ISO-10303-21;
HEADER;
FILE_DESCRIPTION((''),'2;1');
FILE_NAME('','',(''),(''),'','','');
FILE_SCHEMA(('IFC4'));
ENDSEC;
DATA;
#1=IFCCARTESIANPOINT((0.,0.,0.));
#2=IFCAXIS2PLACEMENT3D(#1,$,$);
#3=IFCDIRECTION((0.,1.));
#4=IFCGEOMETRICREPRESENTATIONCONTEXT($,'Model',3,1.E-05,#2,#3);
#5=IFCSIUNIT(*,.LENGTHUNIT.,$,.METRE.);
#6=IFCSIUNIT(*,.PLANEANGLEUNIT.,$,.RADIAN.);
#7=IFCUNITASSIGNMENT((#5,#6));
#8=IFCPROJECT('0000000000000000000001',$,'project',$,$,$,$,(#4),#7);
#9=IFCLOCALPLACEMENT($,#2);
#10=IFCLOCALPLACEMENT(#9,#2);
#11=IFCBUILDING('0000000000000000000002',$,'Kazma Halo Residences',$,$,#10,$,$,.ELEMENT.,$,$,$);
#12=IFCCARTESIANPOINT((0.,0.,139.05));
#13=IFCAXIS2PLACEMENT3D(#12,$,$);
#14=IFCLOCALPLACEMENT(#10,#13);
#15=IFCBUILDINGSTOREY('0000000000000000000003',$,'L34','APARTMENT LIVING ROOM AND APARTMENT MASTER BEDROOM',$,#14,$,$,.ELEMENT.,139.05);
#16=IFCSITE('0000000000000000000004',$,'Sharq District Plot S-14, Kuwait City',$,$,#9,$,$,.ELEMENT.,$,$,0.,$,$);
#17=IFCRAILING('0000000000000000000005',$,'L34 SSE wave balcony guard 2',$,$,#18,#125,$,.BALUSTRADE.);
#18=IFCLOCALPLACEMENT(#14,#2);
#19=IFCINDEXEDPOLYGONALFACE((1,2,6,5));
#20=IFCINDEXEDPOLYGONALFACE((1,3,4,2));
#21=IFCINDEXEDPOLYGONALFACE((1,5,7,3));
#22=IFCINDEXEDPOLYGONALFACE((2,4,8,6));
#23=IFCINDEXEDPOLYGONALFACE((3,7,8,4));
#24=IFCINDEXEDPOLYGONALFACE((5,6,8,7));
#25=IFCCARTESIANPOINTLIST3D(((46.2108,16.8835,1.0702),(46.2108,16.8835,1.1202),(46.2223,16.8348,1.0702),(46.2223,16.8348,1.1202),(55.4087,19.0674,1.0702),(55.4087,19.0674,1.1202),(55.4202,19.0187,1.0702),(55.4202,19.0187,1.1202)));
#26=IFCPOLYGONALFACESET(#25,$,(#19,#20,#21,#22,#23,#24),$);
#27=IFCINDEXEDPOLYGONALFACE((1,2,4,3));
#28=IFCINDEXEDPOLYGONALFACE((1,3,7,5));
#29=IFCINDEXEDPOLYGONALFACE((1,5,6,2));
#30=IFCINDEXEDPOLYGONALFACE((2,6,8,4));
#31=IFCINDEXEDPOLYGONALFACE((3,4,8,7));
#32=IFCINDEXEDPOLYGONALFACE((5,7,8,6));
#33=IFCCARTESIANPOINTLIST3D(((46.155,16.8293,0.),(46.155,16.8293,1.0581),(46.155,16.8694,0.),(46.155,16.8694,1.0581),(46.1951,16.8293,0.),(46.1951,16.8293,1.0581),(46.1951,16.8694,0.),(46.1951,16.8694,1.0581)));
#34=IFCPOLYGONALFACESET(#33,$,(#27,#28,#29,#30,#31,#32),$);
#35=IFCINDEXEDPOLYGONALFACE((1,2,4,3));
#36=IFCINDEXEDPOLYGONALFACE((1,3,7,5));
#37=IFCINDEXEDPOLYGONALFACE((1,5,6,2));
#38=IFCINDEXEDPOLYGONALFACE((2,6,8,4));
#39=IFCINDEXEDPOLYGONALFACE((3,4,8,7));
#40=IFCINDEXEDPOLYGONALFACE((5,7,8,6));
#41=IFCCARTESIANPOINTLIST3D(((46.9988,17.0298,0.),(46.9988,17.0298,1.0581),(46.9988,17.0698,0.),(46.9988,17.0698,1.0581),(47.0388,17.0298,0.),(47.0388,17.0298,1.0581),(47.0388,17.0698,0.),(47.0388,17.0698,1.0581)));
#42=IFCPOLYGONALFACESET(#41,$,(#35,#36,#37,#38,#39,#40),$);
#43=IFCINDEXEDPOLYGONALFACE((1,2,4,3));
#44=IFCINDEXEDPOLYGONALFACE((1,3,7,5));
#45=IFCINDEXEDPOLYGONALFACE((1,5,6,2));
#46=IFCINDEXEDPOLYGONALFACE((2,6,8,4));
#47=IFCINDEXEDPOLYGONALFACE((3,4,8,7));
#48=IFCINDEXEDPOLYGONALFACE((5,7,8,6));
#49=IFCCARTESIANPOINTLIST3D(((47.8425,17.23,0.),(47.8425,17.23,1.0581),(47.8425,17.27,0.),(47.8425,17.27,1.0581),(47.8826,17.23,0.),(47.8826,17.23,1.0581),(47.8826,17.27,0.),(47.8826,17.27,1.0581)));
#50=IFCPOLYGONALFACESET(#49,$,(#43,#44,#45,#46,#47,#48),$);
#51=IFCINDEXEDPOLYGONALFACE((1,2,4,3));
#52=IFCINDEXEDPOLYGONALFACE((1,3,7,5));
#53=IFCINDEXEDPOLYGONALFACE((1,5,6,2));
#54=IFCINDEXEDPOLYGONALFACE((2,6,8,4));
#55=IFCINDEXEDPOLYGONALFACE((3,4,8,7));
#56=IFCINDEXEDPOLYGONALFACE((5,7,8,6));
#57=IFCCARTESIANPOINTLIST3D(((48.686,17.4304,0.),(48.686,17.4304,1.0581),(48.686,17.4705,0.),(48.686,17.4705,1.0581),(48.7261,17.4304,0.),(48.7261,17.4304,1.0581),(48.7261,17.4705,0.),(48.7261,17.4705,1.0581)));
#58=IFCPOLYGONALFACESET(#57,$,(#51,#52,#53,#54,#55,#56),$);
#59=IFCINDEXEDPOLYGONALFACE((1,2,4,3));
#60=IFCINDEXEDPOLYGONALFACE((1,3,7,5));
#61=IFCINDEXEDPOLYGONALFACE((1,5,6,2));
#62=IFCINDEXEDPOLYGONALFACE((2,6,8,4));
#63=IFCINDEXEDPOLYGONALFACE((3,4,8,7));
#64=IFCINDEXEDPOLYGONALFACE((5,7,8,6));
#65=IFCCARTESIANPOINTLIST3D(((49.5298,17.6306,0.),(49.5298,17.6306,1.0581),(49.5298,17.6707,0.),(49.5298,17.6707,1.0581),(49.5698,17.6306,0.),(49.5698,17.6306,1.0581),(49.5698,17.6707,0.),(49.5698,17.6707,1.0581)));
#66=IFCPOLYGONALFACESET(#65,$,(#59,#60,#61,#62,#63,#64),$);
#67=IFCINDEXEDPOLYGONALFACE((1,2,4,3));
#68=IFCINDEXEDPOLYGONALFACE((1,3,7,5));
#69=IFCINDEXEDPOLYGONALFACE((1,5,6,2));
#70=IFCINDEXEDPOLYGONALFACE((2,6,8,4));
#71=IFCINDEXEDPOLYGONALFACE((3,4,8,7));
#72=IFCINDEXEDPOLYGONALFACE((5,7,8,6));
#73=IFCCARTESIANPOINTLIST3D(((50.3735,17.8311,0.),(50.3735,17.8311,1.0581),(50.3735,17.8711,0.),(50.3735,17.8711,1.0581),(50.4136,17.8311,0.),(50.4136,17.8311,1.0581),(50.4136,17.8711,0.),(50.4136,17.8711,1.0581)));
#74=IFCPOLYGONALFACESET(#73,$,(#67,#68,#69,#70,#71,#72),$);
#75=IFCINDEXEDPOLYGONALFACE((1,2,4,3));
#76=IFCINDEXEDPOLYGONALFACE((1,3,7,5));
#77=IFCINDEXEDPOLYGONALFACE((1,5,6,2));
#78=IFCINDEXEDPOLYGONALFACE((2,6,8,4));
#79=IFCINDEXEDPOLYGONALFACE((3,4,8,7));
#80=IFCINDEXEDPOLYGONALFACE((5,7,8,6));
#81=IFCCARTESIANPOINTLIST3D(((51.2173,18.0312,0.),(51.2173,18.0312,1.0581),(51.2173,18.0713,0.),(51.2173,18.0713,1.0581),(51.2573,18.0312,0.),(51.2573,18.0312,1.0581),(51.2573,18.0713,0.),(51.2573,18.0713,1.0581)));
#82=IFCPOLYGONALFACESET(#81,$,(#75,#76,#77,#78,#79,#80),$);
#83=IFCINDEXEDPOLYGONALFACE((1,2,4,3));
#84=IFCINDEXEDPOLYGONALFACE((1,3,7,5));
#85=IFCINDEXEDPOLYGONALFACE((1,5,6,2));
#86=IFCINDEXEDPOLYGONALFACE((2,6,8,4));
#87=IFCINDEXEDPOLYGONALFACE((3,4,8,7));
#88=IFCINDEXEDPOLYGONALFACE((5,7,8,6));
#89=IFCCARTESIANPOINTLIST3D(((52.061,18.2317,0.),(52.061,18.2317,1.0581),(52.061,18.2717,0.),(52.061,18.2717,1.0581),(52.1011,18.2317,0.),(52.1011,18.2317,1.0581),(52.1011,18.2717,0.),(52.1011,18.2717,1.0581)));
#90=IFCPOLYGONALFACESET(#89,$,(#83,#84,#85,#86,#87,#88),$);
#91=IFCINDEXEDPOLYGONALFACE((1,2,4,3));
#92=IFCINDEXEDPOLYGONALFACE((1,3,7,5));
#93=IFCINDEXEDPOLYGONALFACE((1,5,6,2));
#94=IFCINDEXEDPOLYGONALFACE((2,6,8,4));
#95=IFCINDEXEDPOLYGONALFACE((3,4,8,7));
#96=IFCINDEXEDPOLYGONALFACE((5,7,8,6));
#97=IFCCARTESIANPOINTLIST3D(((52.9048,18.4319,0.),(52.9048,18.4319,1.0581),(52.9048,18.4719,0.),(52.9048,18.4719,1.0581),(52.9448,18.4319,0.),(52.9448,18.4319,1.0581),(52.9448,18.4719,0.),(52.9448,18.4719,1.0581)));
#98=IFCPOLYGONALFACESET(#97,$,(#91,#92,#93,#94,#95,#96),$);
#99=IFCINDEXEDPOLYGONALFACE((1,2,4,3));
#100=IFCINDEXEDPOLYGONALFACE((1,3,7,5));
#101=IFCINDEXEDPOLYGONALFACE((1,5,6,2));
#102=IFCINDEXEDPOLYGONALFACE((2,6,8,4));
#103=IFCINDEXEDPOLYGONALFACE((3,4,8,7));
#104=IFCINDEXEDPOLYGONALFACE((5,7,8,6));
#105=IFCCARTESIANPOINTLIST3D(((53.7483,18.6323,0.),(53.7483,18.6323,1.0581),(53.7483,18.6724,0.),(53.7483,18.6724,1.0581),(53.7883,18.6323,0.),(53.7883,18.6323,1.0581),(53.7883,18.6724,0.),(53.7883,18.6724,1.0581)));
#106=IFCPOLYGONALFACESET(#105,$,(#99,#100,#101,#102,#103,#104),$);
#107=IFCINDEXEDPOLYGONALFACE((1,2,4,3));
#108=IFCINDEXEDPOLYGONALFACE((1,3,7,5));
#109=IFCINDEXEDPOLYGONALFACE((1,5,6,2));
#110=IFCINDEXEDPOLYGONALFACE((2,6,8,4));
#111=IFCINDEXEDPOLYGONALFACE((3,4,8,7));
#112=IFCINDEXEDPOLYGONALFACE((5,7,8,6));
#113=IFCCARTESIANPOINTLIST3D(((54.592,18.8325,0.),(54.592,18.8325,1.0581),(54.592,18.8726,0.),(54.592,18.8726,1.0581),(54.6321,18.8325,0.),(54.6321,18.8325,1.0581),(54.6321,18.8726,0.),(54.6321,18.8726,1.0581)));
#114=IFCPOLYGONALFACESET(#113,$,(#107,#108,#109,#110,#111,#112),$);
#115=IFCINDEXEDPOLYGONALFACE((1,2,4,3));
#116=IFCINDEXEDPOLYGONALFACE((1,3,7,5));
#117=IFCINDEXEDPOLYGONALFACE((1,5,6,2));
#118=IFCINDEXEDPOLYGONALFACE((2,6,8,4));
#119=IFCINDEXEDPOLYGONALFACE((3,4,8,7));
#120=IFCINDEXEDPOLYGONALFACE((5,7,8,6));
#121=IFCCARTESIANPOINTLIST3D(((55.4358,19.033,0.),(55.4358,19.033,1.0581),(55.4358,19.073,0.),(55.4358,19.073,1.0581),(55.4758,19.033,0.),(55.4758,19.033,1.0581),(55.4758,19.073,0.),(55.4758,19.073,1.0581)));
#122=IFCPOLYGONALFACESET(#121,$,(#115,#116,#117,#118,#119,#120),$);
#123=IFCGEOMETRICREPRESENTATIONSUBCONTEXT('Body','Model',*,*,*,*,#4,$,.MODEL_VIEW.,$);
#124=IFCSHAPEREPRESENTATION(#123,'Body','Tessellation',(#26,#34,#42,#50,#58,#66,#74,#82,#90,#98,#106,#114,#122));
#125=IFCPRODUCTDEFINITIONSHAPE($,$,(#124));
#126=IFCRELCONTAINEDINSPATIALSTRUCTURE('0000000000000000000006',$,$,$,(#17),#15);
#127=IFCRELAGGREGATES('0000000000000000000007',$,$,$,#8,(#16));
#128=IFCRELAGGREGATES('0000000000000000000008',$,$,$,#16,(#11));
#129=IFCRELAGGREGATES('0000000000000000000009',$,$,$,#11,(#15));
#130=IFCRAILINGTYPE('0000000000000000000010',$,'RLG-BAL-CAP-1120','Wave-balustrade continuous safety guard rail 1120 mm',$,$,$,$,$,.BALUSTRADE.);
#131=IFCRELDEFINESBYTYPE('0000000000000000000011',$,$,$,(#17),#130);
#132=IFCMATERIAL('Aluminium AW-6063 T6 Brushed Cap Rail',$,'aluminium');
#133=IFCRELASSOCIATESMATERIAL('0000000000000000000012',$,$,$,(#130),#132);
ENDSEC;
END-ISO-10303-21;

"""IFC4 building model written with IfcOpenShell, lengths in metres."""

from ifc_helpers import new_model, si_unit, direction, frame, origin, origin_2d, place, context, subcontext, project, spatial, rectangle, extrude, material, type_object, element, save


model = new_model("IFC4")

# Units and contexts
model_context = context("Model", 3, precision=1e-05, world=origin(), true_north=direction((0.0, 1.0)))
body_context = subcontext(model_context, "Body", "Model", "MODEL_VIEW")
ifc_project = project(units=[si_unit("LENGTHUNIT", "METRE"), si_unit("PLANEANGLEUNIT", "RADIAN")], contexts=[model_context])

# Site, building, storey
site_placement = place(None, origin())
site = spatial("IfcSite", under=ifc_project, at=site_placement, Name="Sharq District Plot S-14, Kuwait City", CompositionType="ELEMENT", RefElevation=0.0)
building_placement = place(site_placement, origin())
building = spatial("IfcBuilding", under=site, at=building_placement, Name="Kazma Halo Residences", CompositionType="ELEMENT")
storey_placement = place(building_placement, frame((0.0, 0.0, 139.05)))
storey = spatial("IfcBuildingStorey", under=building, at=storey_placement, Name="L34", Description="APARTMENT LIVING ROOM AND APARTMENT MASTER BEDROOM", CompositionType="ELEMENT", Elevation=139.05)

# Railing
ifc_material_1 = material(Name="Aluminium AW-6063 T6 Brushed Cap Rail", Category="aluminium")
railing_type = type_object("IfcRailingType", Name="RLG-BAL-CAP-1120", Description="Wave-balustrade continuous safety guard rail 1120 mm", PredefinedType="BALUSTRADE", material=ifc_material_1)
railing_1_placement = place(storey_placement, frame((46.175, 16.8494, 0.0)))
element("IfcRailing", 1, at=railing_1_placement, inside=storey, type_object=railing_type, Name="L34 SSE wave balcony guard 2", PredefinedType="BALUSTRADE", context=body_context, shape_type="SweptSolid", body=[
    extrude(rectangle(XDim=0.05, YDim=0.05, at=origin_2d()), frame((0.0415, 0.0098, 1.0952), z_axis=(0.97295, 0.231016, 0.0), x_axis=(-0.231016, 0.97295, 0.0)), (0.0, 0.0, 1.0), 9.4536),
    extrude(rectangle(XDim=0.04, YDim=0.04, at=origin_2d()), origin(), (0.0, 0.0, 1.0), 1.0581),
    extrude(rectangle(XDim=0.04, YDim=0.04, at=origin_2d()), frame((0.8438, 0.2004, 0.0)), (0.0, 0.0, 1.0), 1.0581),
    extrude(rectangle(XDim=0.04, YDim=0.04, at=origin_2d()), frame((1.6875, 0.4006, 0.0)), (0.0, 0.0, 1.0), 1.0581),
    extrude(rectangle(XDim=0.04, YDim=0.04, at=origin_2d()), frame((2.531, 0.6011, 0.0)), (0.0, 0.0, 1.0), 1.0581),
    extrude(rectangle(XDim=0.04, YDim=0.04, at=origin_2d()), frame((3.3748, 0.8013, 0.0)), (0.0, 0.0, 1.0), 1.0581),
    extrude(rectangle(XDim=0.04, YDim=0.04, at=origin_2d()), frame((4.2185, 1.0017, 0.0)), (0.0, 0.0, 1.0), 1.0581),
    extrude(rectangle(XDim=0.04, YDim=0.04, at=origin_2d()), frame((5.0623, 1.2019, 0.0)), (0.0, 0.0, 1.0), 1.0581),
    extrude(rectangle(XDim=0.04, YDim=0.04, at=origin_2d()), frame((5.906, 1.4023, 0.0)), (0.0, 0.0, 1.0), 1.0581),
    extrude(rectangle(XDim=0.04, YDim=0.04, at=origin_2d()), frame((6.7498, 1.6025, 0.0)), (0.0, 0.0, 1.0), 1.0581),
    extrude(rectangle(XDim=0.04, YDim=0.04, at=origin_2d()), frame((7.5933, 1.803, 0.0)), (0.0, 0.0, 1.0), 1.0581),
    extrude(rectangle(XDim=0.04, YDim=0.04, at=origin_2d()), frame((8.437, 2.0032, 0.0)), (0.0, 0.0, 1.0), 1.0581),
    extrude(rectangle(XDim=0.04, YDim=0.04, at=origin_2d()), frame((9.2808, 2.2036, 0.0)), (0.0, 0.0, 1.0), 1.0581),
])

save(model, "model.ifc")
